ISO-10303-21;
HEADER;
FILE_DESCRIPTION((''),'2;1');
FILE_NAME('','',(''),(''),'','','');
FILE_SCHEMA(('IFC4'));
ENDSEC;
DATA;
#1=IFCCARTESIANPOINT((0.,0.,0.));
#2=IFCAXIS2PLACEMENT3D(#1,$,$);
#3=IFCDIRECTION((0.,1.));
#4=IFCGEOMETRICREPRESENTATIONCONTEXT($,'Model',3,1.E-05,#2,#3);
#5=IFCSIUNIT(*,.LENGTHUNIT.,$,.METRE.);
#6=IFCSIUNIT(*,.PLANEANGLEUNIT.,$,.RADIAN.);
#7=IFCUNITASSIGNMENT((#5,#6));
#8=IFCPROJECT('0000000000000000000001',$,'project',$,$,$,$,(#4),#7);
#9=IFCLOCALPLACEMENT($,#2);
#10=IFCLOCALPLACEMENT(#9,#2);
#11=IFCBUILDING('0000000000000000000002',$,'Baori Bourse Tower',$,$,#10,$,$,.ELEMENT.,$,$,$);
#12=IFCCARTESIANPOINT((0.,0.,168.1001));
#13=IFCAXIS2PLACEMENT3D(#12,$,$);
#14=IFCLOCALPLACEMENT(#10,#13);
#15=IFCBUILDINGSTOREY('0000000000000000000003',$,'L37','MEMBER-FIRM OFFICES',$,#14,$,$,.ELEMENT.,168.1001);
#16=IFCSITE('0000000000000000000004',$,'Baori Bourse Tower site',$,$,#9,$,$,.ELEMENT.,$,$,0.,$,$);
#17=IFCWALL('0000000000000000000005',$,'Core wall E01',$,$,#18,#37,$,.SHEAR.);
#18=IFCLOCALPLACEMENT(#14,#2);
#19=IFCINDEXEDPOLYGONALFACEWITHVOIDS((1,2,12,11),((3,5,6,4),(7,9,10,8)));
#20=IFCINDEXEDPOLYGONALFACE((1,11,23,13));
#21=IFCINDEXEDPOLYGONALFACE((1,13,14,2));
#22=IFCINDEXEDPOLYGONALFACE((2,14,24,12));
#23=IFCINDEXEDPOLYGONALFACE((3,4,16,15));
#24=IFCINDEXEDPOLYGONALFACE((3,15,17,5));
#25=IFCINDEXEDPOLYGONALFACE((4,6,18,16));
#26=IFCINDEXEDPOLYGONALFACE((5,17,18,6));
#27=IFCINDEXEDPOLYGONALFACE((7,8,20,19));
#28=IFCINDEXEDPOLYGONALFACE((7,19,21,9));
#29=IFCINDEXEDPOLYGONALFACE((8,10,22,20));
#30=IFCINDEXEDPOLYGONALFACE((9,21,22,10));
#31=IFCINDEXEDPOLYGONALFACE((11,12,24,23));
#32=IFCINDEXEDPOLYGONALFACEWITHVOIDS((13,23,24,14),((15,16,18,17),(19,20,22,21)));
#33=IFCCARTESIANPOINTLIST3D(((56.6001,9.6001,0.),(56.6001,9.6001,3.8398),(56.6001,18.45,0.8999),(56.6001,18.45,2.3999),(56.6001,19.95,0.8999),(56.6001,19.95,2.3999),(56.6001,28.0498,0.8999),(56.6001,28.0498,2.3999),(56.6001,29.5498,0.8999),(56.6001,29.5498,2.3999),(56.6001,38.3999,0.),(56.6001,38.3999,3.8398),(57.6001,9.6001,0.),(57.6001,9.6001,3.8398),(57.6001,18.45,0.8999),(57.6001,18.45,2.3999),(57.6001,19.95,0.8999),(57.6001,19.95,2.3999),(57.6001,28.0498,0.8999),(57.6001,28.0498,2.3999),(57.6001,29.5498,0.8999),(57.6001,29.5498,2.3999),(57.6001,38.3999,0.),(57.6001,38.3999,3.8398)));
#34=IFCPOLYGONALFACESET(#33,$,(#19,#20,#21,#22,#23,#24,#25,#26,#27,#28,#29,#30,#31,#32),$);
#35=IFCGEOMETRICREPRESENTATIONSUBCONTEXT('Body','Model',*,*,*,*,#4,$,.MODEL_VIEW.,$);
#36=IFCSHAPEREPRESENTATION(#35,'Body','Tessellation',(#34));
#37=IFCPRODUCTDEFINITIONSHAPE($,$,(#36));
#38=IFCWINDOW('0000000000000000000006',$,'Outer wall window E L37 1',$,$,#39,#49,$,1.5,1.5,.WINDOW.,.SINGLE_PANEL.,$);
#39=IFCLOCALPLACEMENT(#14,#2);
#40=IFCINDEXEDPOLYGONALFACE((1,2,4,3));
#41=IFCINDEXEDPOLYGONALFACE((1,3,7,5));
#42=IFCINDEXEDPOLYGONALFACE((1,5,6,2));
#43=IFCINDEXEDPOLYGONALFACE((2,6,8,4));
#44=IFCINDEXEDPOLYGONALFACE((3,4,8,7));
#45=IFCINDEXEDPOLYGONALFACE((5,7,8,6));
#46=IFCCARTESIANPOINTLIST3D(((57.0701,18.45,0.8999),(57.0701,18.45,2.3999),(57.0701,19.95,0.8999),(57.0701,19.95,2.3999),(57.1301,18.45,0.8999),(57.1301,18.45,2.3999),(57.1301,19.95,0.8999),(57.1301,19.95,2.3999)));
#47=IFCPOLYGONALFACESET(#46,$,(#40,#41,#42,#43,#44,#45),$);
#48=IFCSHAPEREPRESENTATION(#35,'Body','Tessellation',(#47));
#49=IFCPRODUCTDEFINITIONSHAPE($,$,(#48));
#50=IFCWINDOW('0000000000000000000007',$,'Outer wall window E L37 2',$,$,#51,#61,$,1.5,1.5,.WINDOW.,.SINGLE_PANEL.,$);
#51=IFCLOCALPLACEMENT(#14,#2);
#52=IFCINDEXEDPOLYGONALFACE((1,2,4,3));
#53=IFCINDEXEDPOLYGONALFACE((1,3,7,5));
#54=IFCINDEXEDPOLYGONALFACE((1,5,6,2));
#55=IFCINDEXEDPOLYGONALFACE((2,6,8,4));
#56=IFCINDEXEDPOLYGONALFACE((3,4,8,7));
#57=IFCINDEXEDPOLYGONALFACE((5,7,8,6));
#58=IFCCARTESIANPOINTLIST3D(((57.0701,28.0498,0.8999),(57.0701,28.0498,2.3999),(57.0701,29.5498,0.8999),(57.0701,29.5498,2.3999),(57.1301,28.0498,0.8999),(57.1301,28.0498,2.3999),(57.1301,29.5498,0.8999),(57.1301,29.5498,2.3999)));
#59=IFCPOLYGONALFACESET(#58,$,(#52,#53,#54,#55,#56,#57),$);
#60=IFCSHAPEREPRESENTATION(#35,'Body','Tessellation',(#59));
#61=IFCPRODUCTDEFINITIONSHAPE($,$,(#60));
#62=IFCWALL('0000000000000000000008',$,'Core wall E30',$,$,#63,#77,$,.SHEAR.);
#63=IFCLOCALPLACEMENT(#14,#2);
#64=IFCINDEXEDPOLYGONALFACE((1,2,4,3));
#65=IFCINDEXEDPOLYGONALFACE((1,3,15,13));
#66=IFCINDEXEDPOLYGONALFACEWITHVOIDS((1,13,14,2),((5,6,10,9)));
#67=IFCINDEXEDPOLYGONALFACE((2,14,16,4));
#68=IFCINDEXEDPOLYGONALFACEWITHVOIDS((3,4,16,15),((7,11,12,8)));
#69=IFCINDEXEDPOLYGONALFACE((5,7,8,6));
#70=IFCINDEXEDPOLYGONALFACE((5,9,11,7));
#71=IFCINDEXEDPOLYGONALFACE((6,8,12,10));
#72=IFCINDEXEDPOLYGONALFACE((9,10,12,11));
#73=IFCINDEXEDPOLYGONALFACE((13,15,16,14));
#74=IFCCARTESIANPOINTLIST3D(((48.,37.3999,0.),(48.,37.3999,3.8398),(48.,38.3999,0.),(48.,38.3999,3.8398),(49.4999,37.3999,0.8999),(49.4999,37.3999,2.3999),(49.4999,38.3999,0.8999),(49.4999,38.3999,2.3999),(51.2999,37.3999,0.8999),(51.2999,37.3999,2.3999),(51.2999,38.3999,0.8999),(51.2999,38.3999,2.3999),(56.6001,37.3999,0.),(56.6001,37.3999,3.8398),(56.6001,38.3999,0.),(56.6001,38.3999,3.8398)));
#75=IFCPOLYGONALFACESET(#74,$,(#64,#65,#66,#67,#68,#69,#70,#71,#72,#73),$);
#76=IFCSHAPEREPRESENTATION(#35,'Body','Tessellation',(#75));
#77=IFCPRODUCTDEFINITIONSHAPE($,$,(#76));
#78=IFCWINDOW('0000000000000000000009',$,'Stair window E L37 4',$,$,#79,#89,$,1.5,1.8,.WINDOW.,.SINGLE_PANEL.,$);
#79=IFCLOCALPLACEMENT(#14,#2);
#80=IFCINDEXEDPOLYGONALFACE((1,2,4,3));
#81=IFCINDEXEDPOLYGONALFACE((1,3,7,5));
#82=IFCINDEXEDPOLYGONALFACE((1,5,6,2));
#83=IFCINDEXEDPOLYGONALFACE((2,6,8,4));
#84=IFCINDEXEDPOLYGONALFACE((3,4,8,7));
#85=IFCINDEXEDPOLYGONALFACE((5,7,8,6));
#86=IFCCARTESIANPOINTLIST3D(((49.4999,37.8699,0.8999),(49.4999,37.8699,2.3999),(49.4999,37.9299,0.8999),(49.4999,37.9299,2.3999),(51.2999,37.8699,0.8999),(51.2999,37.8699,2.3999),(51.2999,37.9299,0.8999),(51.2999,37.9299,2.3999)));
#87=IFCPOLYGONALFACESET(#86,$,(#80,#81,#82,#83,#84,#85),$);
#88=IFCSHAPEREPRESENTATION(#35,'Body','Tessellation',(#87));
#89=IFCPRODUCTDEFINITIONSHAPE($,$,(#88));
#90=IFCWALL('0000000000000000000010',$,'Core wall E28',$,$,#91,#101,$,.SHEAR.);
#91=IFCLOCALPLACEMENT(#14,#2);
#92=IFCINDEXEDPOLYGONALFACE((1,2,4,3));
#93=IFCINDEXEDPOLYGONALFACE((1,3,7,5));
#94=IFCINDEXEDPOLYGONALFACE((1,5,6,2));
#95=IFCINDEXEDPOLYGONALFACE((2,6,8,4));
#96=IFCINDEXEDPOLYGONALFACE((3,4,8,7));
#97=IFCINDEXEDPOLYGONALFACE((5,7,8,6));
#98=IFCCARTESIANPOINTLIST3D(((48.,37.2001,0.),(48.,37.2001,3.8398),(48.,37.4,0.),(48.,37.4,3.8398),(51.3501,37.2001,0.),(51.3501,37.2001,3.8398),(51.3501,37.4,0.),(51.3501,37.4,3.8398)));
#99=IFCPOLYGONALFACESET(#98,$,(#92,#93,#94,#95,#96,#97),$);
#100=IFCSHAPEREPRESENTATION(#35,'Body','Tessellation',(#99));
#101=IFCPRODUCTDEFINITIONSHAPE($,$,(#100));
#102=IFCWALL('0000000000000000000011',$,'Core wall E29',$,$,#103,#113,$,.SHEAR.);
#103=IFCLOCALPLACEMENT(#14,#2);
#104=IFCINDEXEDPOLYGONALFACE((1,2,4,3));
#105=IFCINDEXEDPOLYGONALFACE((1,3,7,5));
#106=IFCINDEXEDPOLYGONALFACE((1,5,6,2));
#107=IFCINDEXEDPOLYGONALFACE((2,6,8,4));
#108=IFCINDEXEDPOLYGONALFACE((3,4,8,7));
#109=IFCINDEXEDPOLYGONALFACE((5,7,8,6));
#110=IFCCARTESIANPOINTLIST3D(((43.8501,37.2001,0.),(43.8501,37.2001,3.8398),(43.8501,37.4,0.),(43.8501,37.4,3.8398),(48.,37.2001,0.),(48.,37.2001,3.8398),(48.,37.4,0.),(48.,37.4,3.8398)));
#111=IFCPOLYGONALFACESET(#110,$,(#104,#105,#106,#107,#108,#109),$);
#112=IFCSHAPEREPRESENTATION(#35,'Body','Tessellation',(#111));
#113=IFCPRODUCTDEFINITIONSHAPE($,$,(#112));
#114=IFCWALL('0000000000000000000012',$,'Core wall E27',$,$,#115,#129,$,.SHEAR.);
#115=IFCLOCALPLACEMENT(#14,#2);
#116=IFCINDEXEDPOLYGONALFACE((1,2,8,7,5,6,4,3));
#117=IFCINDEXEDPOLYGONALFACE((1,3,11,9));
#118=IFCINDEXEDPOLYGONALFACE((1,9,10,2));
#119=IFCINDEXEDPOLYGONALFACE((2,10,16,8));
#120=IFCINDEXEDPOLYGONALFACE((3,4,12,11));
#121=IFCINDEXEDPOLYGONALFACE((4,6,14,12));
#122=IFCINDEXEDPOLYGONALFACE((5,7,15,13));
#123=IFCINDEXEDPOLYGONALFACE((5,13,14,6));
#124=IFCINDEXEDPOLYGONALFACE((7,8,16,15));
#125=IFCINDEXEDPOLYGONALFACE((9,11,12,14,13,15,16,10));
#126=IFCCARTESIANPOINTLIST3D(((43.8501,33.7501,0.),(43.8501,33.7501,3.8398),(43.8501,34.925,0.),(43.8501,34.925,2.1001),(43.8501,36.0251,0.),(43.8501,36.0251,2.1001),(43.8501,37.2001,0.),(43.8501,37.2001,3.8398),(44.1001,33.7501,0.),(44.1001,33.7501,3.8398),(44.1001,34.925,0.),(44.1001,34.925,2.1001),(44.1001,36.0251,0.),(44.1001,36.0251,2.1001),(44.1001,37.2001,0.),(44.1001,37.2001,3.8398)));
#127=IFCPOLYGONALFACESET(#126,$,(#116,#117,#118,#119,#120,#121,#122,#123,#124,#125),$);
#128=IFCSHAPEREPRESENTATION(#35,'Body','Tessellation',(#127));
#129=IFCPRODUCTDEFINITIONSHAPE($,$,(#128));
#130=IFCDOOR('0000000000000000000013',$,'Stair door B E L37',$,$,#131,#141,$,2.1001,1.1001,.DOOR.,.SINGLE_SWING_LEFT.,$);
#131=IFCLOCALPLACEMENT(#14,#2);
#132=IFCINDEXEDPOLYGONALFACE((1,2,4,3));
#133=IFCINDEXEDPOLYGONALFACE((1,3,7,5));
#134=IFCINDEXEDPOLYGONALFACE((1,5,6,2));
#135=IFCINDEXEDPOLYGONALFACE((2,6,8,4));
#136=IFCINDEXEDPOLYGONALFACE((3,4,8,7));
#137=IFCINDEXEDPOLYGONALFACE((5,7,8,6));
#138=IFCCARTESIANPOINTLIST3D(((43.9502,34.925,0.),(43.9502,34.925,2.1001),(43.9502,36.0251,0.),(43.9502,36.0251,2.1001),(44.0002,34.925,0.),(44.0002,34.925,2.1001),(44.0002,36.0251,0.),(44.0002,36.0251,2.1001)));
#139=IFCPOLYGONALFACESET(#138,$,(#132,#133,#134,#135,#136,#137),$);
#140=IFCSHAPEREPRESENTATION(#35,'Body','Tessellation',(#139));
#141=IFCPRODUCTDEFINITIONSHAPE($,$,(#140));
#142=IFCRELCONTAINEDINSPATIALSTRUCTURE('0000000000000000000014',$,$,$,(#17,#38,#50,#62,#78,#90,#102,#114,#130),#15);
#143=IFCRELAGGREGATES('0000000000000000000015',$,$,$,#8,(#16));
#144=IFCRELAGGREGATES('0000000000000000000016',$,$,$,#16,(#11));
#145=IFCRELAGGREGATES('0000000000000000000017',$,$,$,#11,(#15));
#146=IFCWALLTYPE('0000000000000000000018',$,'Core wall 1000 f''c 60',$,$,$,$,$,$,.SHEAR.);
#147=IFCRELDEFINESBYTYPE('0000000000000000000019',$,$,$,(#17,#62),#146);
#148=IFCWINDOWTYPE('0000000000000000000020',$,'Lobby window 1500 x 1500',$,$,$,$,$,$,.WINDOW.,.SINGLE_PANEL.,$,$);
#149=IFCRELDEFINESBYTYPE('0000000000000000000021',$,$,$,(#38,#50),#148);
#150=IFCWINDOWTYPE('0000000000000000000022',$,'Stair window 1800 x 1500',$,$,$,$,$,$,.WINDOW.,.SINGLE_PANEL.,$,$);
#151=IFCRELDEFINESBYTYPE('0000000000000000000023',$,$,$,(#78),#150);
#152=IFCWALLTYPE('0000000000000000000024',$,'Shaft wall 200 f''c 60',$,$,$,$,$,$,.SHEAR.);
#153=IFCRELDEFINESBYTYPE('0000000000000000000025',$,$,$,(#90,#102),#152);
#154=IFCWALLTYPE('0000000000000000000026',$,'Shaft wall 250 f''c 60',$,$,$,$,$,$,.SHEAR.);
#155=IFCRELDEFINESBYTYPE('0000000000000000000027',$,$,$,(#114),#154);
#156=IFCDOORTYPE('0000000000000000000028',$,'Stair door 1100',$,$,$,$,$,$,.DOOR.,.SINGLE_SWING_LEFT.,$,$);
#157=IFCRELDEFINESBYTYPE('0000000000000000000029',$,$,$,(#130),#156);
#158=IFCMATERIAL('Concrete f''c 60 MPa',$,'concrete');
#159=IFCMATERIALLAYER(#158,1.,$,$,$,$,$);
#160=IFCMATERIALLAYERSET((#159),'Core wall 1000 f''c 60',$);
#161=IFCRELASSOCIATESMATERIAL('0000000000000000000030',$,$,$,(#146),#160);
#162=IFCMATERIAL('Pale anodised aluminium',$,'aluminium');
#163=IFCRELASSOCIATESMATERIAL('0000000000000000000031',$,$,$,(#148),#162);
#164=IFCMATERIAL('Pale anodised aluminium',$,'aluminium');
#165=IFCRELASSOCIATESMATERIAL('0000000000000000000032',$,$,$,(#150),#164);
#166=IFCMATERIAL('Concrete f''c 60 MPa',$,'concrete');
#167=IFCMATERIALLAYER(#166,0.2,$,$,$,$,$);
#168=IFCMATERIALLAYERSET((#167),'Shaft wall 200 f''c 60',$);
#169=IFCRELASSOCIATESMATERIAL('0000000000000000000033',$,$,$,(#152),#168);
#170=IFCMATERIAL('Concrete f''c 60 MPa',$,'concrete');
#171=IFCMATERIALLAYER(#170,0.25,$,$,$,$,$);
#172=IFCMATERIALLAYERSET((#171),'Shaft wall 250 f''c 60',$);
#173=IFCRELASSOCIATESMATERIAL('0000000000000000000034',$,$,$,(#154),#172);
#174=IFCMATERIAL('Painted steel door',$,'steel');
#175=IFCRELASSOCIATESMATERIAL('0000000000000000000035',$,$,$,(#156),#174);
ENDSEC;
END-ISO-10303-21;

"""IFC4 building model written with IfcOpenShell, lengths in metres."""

from ifc_helpers import new_model, si_unit, direction, frame, frame_2d, origin, place, context, subcontext, project, spatial, rectangle, extrude, material, layer, layer_set, type_object, element, fill, save


model = new_model("IFC4")

# Units and contexts
model_context = context("Model", 3, precision=1e-05, world=origin(), true_north=direction((0.0, 1.0)))
body_context = subcontext(model_context, "Body", "Model", "MODEL_VIEW")
ifc_project = project(units=[si_unit("LENGTHUNIT", "METRE"), si_unit("PLANEANGLEUNIT", "RADIAN")], contexts=[model_context])

# Site, building, storey
site_placement = place(None, origin())
site = spatial("IfcSite", under=ifc_project, at=site_placement, Name="Baori Bourse Tower site", CompositionType="ELEMENT", RefElevation=0.0)
building_placement = place(site_placement, origin())
building = spatial("IfcBuilding", under=site, at=building_placement, Name="Baori Bourse Tower", CompositionType="ELEMENT")
storey_placement = place(building_placement, frame((0.0, 0.0, 168.1001)))
storey = spatial("IfcBuildingStorey", under=building, at=storey_placement, Name="L37", Description="MEMBER-FIRM OFFICES", CompositionType="ELEMENT", Elevation=168.1001)

# Wall, openings, windows
ifc_material_1 = material(Name="Concrete f'c 60 MPa", Category="concrete")
ifc_layer_1 = layer(ifc_material_1, 1.0)
ifc_layer_set_1 = layer_set([ifc_layer_1], Name="Core wall 1000 f'c 60")
wall_type_1 = type_object("IfcWallType", Name="Core wall 1000 f'c 60", PredefinedType="SHEAR", material=ifc_layer_set_1)
wall_1_placement = place(storey_placement, frame((57.1001, 38.3999, 0.0), z_axis=(0.0, 0.0, 1.0), x_axis=(0.0, -1.0, 0.0)))
wall_1 = element("IfcWall", 1, at=wall_1_placement, inside=storey, type_object=wall_type_1, Name="Core wall E01", PredefinedType="SHEAR", context=body_context, shape_type="SweptSolid", body=[
    extrude(rectangle(XDim=28.7998, YDim=1.0, at=frame_2d((14.3999, 0.0))), origin(), (0.0, 0.0, 1.0), 3.8398),
])
opening_1_placement = place(wall_1_placement, frame((18.45, 0.0, 0.8999)))
opening_1 = element("IfcOpeningElement", 2, at=opening_1_placement, cuts=wall_1, PredefinedType="OPENING", context=body_context, shape_type="SweptSolid", body=[
    extrude(rectangle(XDim=1.5, YDim=1.5, at=frame_2d((0.75, 0.75))), frame((0.0, 0.51, 0.0), z_axis=(0.0, -1.0, 0.0), x_axis=(1.0, 0.0, 0.0)), (0.0, 0.0, 1.0), 1.02),
])
opening_2_placement = place(wall_1_placement, frame((8.8501, 0.0, 0.8999)))
opening_2 = element("IfcOpeningElement", 3, at=opening_2_placement, cuts=wall_1, PredefinedType="OPENING", context=body_context, shape_type="SweptSolid", body=[
    extrude(rectangle(XDim=1.5, YDim=1.5, at=frame_2d((0.75, 0.75))), frame((0.0, 0.51, 0.0), z_axis=(0.0, -1.0, 0.0), x_axis=(1.0, 0.0, 0.0)), (0.0, 0.0, 1.0), 1.02),
])
ifc_material_2 = material(Name="Pale anodised aluminium", Category="aluminium")
window_type_1 = type_object("IfcWindowType", Name="Lobby window 1500 x 1500", PartitioningType="SINGLE_PANEL", PredefinedType="WINDOW", material=ifc_material_2)
window_1_placement = place(opening_1_placement, origin())
window_1 = element("IfcWindow", 4, at=window_1_placement, inside=storey, type_object=window_type_1, Name="Outer wall window E L37 1", OverallHeight=1.5, OverallWidth=1.5, PartitioningType="SINGLE_PANEL", PredefinedType="WINDOW", context=body_context, shape_type="SweptSolid", body=[
    extrude(rectangle(XDim=1.5, YDim=1.5, at=frame_2d((0.75, 0.75))), frame((0.0, 0.03, 0.0), z_axis=(0.0, -1.0, 0.0), x_axis=(1.0, 0.0, 0.0)), (0.0, 0.0, 1.0), 0.0601),
])
fill(opening_1, window_1)
window_2_placement = place(opening_2_placement, origin())
window_2 = element("IfcWindow", 5, at=window_2_placement, inside=storey, type_object=window_type_1, Name="Outer wall window E L37 2", OverallHeight=1.5, OverallWidth=1.5, PartitioningType="SINGLE_PANEL", PredefinedType="WINDOW", context=body_context, shape_type="SweptSolid", body=[
    extrude(rectangle(XDim=1.5, YDim=1.5, at=frame_2d((0.75, 0.75))), frame((0.0, 0.03, 0.0), z_axis=(0.0, -1.0, 0.0), x_axis=(1.0, 0.0, 0.0)), (0.0, 0.0, 1.0), 0.0601),
])
fill(opening_2, window_2)

# Wall, opening, window
wall_2_placement = place(storey_placement, frame((48.0, 37.8999, 0.0), z_axis=(0.0, 0.0, 1.0), x_axis=(1.0, 0.0, 0.0)))
wall_2 = element("IfcWall", 6, at=wall_2_placement, inside=storey, type_object=wall_type_1, Name="Core wall E30", PredefinedType="SHEAR", context=body_context, shape_type="SweptSolid", body=[
    extrude(rectangle(XDim=8.6001, YDim=1.0, at=frame_2d((4.3, 0.0))), origin(), (0.0, 0.0, 1.0), 3.8398),
])
opening_3_placement = place(wall_2_placement, frame((1.5, 0.0, 0.8999)))
opening_3 = element("IfcOpeningElement", 7, at=opening_3_placement, cuts=wall_2, PredefinedType="OPENING", context=body_context, shape_type="SweptSolid", body=[
    extrude(rectangle(XDim=1.8, YDim=1.5, at=frame_2d((0.8999, 0.75))), frame((0.0, 0.51, 0.0), z_axis=(0.0, -1.0, 0.0), x_axis=(1.0, 0.0, 0.0)), (0.0, 0.0, 1.0), 1.02),
])
ifc_material_3 = material(Name="Pale anodised aluminium", Category="aluminium")
window_type_2 = type_object("IfcWindowType", Name="Stair window 1800 x 1500", PartitioningType="SINGLE_PANEL", PredefinedType="WINDOW", material=ifc_material_3)
window_3_placement = place(opening_3_placement, origin())
window_3 = element("IfcWindow", 8, at=window_3_placement, inside=storey, type_object=window_type_2, Name="Stair window E L37 4", OverallHeight=1.5, OverallWidth=1.8, PartitioningType="SINGLE_PANEL", PredefinedType="WINDOW", context=body_context, shape_type="SweptSolid", body=[
    extrude(rectangle(XDim=1.8, YDim=1.5, at=frame_2d((0.8999, 0.75))), frame((0.0, 0.03, 0.0), z_axis=(0.0, -1.0, 0.0), x_axis=(1.0, 0.0, 0.0)), (0.0, 0.0, 1.0), 0.0601),
])
fill(opening_3, window_3)

# Walls
ifc_material_4 = material(Name="Concrete f'c 60 MPa", Category="concrete")
ifc_layer_2 = layer(ifc_material_4, 0.2)
ifc_layer_set_2 = layer_set([ifc_layer_2], Name="Shaft wall 200 f'c 60")
wall_type_2 = type_object("IfcWallType", Name="Shaft wall 200 f'c 60", PredefinedType="SHEAR", material=ifc_layer_set_2)
wall_3_placement = place(storey_placement, frame((48.0, 37.3, 0.0), z_axis=(0.0, 0.0, 1.0), x_axis=(1.0, 0.0, 0.0)))
element("IfcWall", 9, at=wall_3_placement, inside=storey, type_object=wall_type_2, Name="Core wall E28", PredefinedType="SHEAR", context=body_context, shape_type="SweptSolid", body=[
    extrude(rectangle(XDim=3.3501, YDim=0.2, at=frame_2d((1.675, 0.0))), origin(), (0.0, 0.0, 1.0), 3.8398),
])
wall_4_placement = place(storey_placement, frame((43.8501, 37.3, 0.0), z_axis=(0.0, 0.0, 1.0), x_axis=(1.0, 0.0, 0.0)))
element("IfcWall", 10, at=wall_4_placement, inside=storey, type_object=wall_type_2, Name="Core wall E29", PredefinedType="SHEAR", context=body_context, shape_type="SweptSolid", body=[
    extrude(rectangle(XDim=4.1499, YDim=0.2, at=frame_2d((2.075, 0.0))), origin(), (0.0, 0.0, 1.0), 3.8398),
])

# Wall, opening, door
ifc_material_5 = material(Name="Concrete f'c 60 MPa", Category="concrete")
ifc_layer_3 = layer(ifc_material_5, 0.25)
ifc_layer_set_3 = layer_set([ifc_layer_3], Name="Shaft wall 250 f'c 60")
wall_type_3 = type_object("IfcWallType", Name="Shaft wall 250 f'c 60", PredefinedType="SHEAR", material=ifc_layer_set_3)
wall_5_placement = place(storey_placement, frame((43.9751, 33.75, 0.0), z_axis=(0.0, 0.0, 1.0), x_axis=(0.0, 1.0, 0.0)))
wall_5 = element("IfcWall", 11, at=wall_5_placement, inside=storey, type_object=wall_type_3, Name="Core wall E27", PredefinedType="SHEAR", context=body_context, shape_type="SweptSolid", body=[
    extrude(rectangle(XDim=3.45, YDim=0.25, at=frame_2d((1.7251, 0.0))), origin(), (0.0, 0.0, 1.0), 3.8398),
])
opening_4_placement = place(wall_5_placement, frame((1.175, 0.0, 0.0)))
opening_4 = element("IfcOpeningElement", 12, at=opening_4_placement, cuts=wall_5, PredefinedType="OPENING", context=body_context, shape_type="SweptSolid", body=[
    extrude(rectangle(XDim=1.1001, YDim=2.1001, at=frame_2d((0.55, 1.05))), frame((0.0, 0.135, 0.0), z_axis=(0.0, -1.0, 0.0), x_axis=(1.0, 0.0, 0.0)), (0.0, 0.0, 1.0), 0.27),
])
ifc_material_6 = material(Name="Painted steel door", Category="steel")
door_type_1 = type_object("IfcDoorType", Name="Stair door 1100", OperationType="SINGLE_SWING_LEFT", PredefinedType="DOOR", material=ifc_material_6)
door_1_placement = place(opening_4_placement, origin())
door_1 = element("IfcDoor", 13, at=door_1_placement, inside=storey, type_object=door_type_1, Name="Stair door B E L37", OperationType="SINGLE_SWING_LEFT", OverallHeight=2.1001, OverallWidth=1.1001, PredefinedType="DOOR", context=body_context, shape_type="SweptSolid", body=[
    extrude(rectangle(XDim=1.1001, YDim=2.1001, at=frame_2d((0.55, 1.05))), frame((0.0, 0.0249, 0.0), z_axis=(0.0, -1.0, 0.0), x_axis=(1.0, 0.0, 0.0)), (0.0, 0.0, 1.0), 0.05),
])
fill(opening_4, door_1)

save(model, "model.ifc")
